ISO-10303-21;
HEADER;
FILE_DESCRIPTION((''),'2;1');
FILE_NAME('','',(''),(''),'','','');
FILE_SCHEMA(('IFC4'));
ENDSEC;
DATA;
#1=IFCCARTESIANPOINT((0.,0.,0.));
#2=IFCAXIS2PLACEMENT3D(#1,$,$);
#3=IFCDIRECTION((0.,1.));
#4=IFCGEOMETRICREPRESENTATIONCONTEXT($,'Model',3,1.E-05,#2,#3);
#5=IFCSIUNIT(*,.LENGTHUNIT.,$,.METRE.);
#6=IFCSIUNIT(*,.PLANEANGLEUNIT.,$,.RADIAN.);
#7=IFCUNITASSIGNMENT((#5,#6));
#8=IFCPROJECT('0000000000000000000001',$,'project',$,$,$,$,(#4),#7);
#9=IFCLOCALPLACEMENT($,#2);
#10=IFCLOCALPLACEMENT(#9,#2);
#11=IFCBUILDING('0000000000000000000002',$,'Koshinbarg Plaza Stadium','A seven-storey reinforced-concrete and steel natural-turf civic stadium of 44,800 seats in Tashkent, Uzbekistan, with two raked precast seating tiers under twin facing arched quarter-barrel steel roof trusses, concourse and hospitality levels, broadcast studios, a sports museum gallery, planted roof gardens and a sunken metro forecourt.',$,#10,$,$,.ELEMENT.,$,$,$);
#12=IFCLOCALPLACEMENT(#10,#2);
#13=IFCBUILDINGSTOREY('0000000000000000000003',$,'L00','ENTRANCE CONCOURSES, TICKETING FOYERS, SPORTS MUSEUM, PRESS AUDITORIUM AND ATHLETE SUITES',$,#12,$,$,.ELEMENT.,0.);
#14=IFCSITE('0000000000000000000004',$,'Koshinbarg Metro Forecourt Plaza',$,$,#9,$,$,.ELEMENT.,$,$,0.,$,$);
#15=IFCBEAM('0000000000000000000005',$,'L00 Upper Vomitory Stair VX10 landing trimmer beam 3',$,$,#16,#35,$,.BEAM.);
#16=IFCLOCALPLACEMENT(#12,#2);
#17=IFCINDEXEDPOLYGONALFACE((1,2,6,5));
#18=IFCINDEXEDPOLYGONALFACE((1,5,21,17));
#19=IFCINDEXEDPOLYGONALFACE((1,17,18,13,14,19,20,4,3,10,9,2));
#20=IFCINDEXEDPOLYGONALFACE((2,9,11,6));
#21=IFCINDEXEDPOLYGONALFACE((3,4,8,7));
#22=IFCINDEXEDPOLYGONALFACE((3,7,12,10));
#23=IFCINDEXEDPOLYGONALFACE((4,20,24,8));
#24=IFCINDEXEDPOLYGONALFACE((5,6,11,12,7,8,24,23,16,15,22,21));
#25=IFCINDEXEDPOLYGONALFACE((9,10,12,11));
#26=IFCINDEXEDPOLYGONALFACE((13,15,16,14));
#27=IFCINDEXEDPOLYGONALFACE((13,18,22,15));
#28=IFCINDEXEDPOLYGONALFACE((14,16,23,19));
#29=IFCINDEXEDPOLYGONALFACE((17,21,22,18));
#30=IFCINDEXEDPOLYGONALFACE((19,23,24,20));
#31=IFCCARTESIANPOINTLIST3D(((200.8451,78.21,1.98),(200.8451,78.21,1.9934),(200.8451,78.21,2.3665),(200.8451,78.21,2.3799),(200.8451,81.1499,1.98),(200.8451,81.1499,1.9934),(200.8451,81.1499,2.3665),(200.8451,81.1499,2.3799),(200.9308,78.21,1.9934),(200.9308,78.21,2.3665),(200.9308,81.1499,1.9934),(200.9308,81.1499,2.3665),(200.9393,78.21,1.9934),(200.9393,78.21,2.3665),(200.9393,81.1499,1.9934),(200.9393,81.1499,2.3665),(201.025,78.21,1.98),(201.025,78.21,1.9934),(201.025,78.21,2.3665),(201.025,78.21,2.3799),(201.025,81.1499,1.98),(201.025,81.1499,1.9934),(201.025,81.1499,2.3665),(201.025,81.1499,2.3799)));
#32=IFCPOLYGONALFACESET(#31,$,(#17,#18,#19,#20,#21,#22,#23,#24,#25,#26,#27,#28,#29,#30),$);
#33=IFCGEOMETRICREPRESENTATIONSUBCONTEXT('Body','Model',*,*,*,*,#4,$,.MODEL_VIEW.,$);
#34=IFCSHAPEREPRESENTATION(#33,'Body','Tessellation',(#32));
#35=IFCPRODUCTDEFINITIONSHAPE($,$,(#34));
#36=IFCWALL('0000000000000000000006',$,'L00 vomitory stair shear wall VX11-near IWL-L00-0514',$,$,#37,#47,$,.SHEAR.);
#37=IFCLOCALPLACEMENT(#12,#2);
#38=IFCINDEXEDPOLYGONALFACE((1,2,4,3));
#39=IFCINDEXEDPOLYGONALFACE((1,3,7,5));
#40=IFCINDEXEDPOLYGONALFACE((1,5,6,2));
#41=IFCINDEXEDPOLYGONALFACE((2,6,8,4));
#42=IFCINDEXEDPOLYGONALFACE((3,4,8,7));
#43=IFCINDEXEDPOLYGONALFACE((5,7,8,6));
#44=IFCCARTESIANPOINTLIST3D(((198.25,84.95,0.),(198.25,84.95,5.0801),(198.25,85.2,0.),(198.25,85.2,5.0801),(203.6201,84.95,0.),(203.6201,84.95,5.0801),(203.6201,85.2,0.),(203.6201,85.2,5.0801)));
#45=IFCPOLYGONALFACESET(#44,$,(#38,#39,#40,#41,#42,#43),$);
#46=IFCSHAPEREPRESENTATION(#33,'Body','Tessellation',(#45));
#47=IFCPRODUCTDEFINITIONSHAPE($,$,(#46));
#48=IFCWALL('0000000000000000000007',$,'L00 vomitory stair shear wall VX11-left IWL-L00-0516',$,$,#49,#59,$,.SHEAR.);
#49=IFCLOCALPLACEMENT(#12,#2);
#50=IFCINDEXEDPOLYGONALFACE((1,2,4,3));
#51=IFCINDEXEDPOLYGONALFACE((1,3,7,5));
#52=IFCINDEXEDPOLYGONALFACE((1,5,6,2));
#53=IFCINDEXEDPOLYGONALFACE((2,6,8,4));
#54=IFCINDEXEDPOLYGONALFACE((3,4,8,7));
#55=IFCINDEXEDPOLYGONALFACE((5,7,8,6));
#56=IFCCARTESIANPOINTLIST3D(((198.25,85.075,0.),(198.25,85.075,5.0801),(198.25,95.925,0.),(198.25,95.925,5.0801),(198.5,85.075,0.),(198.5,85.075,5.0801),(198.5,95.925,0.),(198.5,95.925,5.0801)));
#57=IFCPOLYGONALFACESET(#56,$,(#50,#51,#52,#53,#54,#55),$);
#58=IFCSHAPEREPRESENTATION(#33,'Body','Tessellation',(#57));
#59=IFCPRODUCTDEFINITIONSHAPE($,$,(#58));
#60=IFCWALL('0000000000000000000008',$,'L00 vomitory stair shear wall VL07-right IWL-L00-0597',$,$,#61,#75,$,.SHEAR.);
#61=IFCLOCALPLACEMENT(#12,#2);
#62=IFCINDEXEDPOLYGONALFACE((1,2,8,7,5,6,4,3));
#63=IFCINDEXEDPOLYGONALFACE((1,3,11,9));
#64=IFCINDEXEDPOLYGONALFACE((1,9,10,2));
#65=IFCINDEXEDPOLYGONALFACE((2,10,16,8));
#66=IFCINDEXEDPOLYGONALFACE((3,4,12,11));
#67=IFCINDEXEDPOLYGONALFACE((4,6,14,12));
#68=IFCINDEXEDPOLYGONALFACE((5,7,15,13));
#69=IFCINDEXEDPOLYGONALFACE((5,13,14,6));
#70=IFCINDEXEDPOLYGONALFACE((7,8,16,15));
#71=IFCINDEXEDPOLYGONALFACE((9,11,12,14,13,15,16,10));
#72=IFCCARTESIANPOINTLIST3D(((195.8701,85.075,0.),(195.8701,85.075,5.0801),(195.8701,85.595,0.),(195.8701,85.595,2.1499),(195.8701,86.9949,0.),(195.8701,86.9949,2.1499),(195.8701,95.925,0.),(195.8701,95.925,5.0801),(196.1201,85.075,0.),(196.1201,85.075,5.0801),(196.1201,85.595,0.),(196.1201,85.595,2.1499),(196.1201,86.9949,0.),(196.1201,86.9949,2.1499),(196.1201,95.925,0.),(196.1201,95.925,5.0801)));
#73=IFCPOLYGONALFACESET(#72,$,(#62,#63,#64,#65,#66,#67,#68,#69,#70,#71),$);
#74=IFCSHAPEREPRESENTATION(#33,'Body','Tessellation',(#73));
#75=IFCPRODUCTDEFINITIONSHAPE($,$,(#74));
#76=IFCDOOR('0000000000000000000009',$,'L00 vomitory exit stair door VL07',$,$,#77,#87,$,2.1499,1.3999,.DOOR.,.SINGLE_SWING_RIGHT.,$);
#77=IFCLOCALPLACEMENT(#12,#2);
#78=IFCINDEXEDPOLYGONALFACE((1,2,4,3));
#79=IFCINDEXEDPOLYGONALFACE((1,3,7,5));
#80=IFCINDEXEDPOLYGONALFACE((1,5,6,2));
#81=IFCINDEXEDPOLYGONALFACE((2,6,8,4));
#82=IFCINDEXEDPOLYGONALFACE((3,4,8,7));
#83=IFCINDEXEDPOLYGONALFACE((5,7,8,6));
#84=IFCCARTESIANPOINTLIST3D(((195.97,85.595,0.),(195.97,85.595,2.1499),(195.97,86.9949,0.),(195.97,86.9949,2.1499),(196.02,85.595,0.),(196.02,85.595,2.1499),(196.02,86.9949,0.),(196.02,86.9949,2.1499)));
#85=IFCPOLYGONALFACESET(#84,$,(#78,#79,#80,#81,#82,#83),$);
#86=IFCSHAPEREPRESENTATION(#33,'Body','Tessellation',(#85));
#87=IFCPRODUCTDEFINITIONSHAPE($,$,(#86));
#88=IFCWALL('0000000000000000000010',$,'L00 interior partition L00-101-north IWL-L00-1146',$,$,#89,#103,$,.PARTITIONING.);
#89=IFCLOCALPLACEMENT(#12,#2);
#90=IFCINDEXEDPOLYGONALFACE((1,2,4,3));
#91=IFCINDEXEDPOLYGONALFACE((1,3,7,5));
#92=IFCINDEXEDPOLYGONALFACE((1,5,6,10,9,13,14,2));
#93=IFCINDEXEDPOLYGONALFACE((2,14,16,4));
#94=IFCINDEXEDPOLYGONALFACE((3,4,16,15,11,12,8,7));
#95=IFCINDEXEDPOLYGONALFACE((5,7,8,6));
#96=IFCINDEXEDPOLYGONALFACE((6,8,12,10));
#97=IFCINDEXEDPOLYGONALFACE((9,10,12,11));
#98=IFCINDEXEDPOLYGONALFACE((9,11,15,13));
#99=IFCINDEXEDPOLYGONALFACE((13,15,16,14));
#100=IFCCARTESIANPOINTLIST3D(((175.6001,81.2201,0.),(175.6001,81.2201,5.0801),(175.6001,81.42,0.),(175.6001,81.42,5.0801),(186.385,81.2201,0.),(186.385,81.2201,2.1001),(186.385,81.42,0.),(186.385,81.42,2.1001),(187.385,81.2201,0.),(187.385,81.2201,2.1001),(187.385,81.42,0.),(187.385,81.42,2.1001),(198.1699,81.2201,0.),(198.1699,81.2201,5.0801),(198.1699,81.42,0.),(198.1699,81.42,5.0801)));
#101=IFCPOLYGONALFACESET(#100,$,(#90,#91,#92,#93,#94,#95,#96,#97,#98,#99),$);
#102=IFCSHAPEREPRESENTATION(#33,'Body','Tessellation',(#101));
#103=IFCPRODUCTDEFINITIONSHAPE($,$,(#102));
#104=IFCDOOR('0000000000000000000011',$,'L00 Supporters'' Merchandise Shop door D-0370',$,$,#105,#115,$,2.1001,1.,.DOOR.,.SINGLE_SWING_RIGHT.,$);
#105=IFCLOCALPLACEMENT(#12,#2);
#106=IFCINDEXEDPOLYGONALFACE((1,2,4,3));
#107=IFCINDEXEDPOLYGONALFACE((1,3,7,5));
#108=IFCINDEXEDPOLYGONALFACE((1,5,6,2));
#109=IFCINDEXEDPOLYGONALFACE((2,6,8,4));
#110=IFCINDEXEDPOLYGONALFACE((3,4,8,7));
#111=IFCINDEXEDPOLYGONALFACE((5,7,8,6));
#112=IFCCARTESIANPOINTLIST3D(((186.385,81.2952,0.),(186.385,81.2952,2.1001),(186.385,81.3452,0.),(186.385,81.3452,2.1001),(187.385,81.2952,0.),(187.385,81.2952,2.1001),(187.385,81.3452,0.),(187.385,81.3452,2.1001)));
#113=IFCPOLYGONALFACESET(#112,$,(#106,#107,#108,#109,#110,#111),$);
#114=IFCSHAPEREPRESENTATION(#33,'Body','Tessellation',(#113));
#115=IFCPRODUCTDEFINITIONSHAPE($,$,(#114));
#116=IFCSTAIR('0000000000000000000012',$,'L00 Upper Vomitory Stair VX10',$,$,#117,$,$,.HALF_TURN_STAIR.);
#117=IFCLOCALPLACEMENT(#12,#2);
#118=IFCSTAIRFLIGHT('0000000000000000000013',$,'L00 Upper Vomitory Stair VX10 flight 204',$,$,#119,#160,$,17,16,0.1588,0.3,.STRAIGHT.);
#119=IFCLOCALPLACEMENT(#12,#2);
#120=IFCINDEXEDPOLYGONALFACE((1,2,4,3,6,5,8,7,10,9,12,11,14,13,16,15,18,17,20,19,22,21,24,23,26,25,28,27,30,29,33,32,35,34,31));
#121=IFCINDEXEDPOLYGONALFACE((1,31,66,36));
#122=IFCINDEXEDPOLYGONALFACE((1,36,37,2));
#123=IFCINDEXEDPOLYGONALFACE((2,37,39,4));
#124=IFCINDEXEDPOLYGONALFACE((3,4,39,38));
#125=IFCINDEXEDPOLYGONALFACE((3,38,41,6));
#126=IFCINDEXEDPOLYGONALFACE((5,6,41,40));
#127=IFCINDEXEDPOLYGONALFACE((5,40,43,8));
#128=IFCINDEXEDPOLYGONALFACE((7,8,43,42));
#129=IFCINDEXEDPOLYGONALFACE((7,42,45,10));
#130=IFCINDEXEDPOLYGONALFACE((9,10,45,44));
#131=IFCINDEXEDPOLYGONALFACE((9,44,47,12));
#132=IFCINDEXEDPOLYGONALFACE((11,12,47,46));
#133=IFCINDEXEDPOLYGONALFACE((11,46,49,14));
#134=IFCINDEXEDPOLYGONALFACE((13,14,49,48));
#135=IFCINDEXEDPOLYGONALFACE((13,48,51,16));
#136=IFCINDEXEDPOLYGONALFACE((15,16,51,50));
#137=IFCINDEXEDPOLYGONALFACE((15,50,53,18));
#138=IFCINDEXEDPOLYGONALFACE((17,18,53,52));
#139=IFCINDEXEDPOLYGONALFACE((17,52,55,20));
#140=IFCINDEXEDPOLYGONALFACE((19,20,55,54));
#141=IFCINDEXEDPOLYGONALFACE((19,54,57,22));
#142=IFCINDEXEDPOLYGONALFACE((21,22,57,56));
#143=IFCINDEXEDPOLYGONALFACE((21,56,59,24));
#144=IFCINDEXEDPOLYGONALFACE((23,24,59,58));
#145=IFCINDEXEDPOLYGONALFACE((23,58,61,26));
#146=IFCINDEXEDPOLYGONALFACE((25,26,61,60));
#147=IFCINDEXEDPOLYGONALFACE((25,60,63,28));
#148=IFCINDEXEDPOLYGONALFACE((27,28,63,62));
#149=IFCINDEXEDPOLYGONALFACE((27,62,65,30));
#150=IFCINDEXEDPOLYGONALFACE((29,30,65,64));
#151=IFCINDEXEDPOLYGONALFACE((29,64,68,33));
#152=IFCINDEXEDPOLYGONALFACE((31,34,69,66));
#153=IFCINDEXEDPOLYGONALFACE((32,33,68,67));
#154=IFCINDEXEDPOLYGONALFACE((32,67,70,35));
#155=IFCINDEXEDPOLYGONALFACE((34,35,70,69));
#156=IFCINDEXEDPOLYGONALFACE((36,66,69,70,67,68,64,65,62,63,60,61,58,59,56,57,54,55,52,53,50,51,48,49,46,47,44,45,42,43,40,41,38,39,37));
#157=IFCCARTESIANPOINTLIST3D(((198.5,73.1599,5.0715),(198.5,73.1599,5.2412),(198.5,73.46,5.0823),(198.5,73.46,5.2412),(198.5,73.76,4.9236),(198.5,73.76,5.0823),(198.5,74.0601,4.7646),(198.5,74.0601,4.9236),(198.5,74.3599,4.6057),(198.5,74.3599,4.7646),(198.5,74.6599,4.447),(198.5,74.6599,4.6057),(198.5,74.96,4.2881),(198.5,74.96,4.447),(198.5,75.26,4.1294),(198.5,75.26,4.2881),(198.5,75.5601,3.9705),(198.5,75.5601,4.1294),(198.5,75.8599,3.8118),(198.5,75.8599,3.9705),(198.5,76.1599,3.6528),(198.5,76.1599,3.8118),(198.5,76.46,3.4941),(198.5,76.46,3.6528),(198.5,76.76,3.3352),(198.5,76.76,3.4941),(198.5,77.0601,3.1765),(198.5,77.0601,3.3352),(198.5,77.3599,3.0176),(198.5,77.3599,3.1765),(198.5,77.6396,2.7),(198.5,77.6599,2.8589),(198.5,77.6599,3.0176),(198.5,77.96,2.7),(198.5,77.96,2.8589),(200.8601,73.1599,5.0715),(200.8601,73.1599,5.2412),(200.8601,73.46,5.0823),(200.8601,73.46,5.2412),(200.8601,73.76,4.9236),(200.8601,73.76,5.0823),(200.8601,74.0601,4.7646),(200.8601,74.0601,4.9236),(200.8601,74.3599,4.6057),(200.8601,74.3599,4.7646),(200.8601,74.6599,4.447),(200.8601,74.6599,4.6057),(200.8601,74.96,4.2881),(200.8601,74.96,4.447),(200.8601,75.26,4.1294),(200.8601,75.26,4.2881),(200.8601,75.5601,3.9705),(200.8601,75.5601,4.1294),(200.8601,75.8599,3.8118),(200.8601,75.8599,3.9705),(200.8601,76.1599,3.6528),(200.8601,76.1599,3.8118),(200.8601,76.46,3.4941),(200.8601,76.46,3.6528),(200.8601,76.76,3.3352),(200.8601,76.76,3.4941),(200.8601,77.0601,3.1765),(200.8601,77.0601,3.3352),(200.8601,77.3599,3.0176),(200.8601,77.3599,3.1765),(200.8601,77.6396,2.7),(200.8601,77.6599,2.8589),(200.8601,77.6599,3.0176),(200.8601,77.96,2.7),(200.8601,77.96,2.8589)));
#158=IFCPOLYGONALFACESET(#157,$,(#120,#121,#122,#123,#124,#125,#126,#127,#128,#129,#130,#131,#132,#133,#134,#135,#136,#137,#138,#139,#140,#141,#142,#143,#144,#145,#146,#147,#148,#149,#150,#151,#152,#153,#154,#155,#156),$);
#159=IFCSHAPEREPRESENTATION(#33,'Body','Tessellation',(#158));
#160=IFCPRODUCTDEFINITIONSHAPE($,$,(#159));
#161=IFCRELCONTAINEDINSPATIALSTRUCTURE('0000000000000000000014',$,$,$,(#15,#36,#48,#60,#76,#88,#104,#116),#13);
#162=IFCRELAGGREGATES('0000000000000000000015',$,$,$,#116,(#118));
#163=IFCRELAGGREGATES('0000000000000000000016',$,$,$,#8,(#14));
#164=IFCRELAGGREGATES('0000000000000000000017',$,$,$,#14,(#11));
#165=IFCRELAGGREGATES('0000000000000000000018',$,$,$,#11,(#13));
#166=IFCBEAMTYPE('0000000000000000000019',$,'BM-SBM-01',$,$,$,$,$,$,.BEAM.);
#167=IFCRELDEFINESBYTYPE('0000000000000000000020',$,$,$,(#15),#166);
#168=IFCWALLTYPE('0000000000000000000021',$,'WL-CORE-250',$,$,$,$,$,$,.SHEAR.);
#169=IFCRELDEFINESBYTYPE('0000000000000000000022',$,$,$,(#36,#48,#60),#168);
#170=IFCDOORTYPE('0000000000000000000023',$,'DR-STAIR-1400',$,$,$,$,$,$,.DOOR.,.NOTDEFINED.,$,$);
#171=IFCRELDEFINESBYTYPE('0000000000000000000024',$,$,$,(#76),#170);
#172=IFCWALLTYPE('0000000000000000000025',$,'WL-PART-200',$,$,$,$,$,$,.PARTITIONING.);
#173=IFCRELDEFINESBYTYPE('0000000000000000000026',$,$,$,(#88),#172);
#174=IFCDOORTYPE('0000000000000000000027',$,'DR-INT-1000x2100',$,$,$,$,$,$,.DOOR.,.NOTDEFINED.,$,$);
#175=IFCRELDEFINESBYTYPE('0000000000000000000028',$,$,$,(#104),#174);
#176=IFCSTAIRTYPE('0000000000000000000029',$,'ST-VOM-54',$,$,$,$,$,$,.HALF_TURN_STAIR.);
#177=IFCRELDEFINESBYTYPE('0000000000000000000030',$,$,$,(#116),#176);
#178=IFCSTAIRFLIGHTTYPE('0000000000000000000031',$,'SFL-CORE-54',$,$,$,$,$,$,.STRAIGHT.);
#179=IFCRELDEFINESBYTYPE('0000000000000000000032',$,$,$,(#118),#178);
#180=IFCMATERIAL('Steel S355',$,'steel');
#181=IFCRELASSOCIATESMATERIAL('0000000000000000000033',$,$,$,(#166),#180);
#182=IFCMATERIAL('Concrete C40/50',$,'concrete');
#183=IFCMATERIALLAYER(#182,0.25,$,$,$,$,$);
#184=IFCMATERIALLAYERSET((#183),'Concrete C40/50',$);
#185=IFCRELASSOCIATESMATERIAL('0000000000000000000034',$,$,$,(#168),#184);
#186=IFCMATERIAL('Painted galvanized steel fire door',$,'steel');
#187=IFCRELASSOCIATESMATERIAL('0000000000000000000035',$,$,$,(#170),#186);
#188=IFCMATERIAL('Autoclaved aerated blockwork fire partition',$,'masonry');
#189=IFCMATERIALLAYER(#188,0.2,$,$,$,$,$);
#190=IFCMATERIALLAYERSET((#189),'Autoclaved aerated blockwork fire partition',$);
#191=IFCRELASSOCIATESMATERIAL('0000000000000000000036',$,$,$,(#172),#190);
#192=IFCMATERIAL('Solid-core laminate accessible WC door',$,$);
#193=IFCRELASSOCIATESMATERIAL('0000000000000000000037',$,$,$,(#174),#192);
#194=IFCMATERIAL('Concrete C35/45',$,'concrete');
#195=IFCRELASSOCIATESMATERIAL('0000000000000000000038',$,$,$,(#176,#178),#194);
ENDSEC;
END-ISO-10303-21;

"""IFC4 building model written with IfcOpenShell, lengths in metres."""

from ifc_helpers import new_model, si_unit, direction, frame, frame_2d, origin, origin_2d, place, context, subcontext, project, spatial, polyline, rectangle, i_section, outline, extrude, material, layer, layer_set, material_profile, profile_set, type_object, element, fill, aggregate, save


model = new_model("IFC4")

# Units and contexts
model_context = context("Model", 3, precision=1e-05, world=origin(), true_north=direction((0.0, 1.0)))
body_context = subcontext(model_context, "Body", "Model", "MODEL_VIEW")
ifc_project = project(units=[si_unit("LENGTHUNIT", "METRE"), si_unit("PLANEANGLEUNIT", "RADIAN")], contexts=[model_context])

# Site, building, storey
site_placement = place(None, origin())
site = spatial("IfcSite", under=ifc_project, at=site_placement, Name="Koshinbarg Metro Forecourt Plaza", CompositionType="ELEMENT", RefElevation=0.0)
building_placement = place(site_placement, origin())
building = spatial("IfcBuilding", under=site, at=building_placement, Name="Koshinbarg Plaza Stadium", Description="A seven-storey reinforced-concrete and steel natural-turf civic stadium of 44,800 seats in Tashkent, Uzbekistan, with two raked precast seating tiers under twin facing arched quarter-barrel steel roof trusses, concourse and hospitality levels, broadcast studios, a sports museum gallery, planted roof gardens and a sunken metro forecourt.", CompositionType="ELEMENT")
storey_placement = place(building_placement, origin())
storey = spatial("IfcBuildingStorey", under=building, at=storey_placement, Name="L00", Description="ENTRANCE CONCOURSES, TICKETING FOYERS, SPORTS MUSEUM, PRESS AUDITORIUM AND ATHLETE SUITES", CompositionType="ELEMENT", Elevation=0.0)

# Shared definitions
ifc_material_1 = material(Name="Concrete C35/45", Category="concrete")

# Shared definitions
ifc_material_2 = material(Name="Concrete C40/50", Category="concrete")

# Beam
ifc_material_3 = material(Name="Steel S355", Category="steel")
ifc_material_profile_1 = material_profile(ifc_material_3, i_section(OverallWidth=0.1799, OverallDepth=0.3999, WebThickness=0.0085, FlangeThickness=0.0134, at=origin_2d()), Name="IPE 400")
ifc_profile_set_1 = profile_set([ifc_material_profile_1], Name="Steel S355")
beam_type = type_object("IfcBeamType", Name="BM-SBM-01", PredefinedType="BEAM", material=ifc_profile_set_1)
beam_placement = place(storey_placement, frame((200.9351, 78.21, 2.1799), z_axis=(0.0, 1.0, 0.0), x_axis=(-1.0, 0.0, 0.0)))
element("IfcBeam", 1, at=beam_placement, inside=storey, type_object=beam_type, Name="L00 Upper Vomitory Stair VX10 landing trimmer beam 3", PredefinedType="BEAM", context=body_context, shape_type="SweptSolid", body=[
    extrude(i_section(OverallWidth=0.1799, OverallDepth=0.3999, WebThickness=0.0085, FlangeThickness=0.0134, at=origin_2d()), origin(), (0.0, 0.0, 1.0), 2.9399),
])

# Walls
ifc_layer_1 = layer(ifc_material_2, 0.25)
ifc_layer_set_1 = layer_set([ifc_layer_1], Name="Concrete C40/50")
wall_type_1 = type_object("IfcWallType", Name="WL-CORE-250", PredefinedType="SHEAR", material=ifc_layer_set_1)
wall_1_placement = place(storey_placement, frame((198.25, 85.075, 0.0), z_axis=(0.0, 0.0, 1.0), x_axis=(1.0, 0.0, 0.0)))
element("IfcWall", 2, at=wall_1_placement, inside=storey, type_object=wall_type_1, Name="L00 vomitory stair shear wall VX11-near IWL-L00-0514", PredefinedType="SHEAR", context=body_context, shape_type="SweptSolid", body=[
    extrude(rectangle(XDim=5.3701, YDim=0.25, at=frame_2d((2.6851, 0.0))), origin(), (0.0, 0.0, 1.0), 5.0801),
])
wall_2_placement = place(storey_placement, frame((198.375, 85.075, 0.0), z_axis=(0.0, 0.0, 1.0), x_axis=(0.0, 1.0, 0.0)))
element("IfcWall", 3, at=wall_2_placement, inside=storey, type_object=wall_type_1, Name="L00 vomitory stair shear wall VX11-left IWL-L00-0516", PredefinedType="SHEAR", context=body_context, shape_type="SweptSolid", body=[
    extrude(rectangle(XDim=10.8501, YDim=0.25, at=frame_2d((5.425, 0.0))), origin(), (0.0, 0.0, 1.0), 5.0801),
])

# Walls, openings, doors
wall_3_placement = place(storey_placement, frame((195.9951, 85.075, 0.0), z_axis=(0.0, 0.0, 1.0), x_axis=(0.0, 1.0, 0.0)))
wall_3 = element("IfcWall", 4, at=wall_3_placement, inside=storey, type_object=wall_type_1, Name="L00 vomitory stair shear wall VL07-right IWL-L00-0597", PredefinedType="SHEAR", context=body_context, shape_type="SweptSolid", body=[
    extrude(rectangle(XDim=10.8501, YDim=0.25, at=frame_2d((5.425, 0.0))), origin(), (0.0, 0.0, 1.0), 5.0801),
])
opening_1_placement = place(wall_3_placement, frame((0.52, 0.0, 0.0)))
opening_1 = element("IfcOpeningElement", 5, at=opening_1_placement, cuts=wall_3, PredefinedType="OPENING", context=body_context, shape_type="SweptSolid", body=[
    extrude(rectangle(XDim=1.3999, YDim=2.1499, at=frame_2d((0.7, 1.075))), frame((0.0, 0.135, 0.0), z_axis=(0.0, -1.0, 0.0), x_axis=(1.0, 0.0, 0.0)), (0.0, 0.0, 1.0), 0.27),
])
ifc_material_4 = material(Name="Painted galvanized steel fire door", Category="steel")
door_type_1 = type_object("IfcDoorType", Name="DR-STAIR-1400", OperationType="NOTDEFINED", PredefinedType="DOOR", material=ifc_material_4)
door_1_placement = place(opening_1_placement, frame((1.3999, 0.0, 0.0), z_axis=(0.0, 0.0, 1.0), x_axis=(-1.0, 0.0, 0.0)))
door_1 = element("IfcDoor", 6, at=door_1_placement, inside=storey, type_object=door_type_1, Name="L00 vomitory exit stair door VL07", OperationType="SINGLE_SWING_RIGHT", OverallHeight=2.1499, OverallWidth=1.3999, PredefinedType="DOOR", context=body_context, shape_type="SweptSolid", body=[
    extrude(rectangle(XDim=1.3999, YDim=2.1499, at=frame_2d((0.7, 1.075))), frame((0.0, 0.0249, 0.0), z_axis=(0.0, -1.0, 0.0), x_axis=(1.0, 0.0, 0.0)), (0.0, 0.0, 1.0), 0.05),
])
fill(opening_1, door_1)
ifc_material_5 = material(Name="Autoclaved aerated blockwork fire partition", Category="masonry")
ifc_layer_2 = layer(ifc_material_5, 0.2)
ifc_layer_set_2 = layer_set([ifc_layer_2], Name="Autoclaved aerated blockwork fire partition")
wall_type_2 = type_object("IfcWallType", Name="WL-PART-200", PredefinedType="PARTITIONING", material=ifc_layer_set_2)
wall_4_placement = place(storey_placement, frame((198.1699, 81.3201, 0.0), z_axis=(0.0, 0.0, 1.0), x_axis=(-1.0, 0.0, 0.0)))
wall_4 = element("IfcWall", 7, at=wall_4_placement, inside=storey, type_object=wall_type_2, Name="L00 interior partition L00-101-north IWL-L00-1146", PredefinedType="PARTITIONING", context=body_context, shape_type="SweptSolid", body=[
    extrude(rectangle(XDim=22.5698, YDim=0.2, at=frame_2d((11.2849, 0.0))), origin(), (0.0, 0.0, 1.0), 5.0801),
])
opening_2_placement = place(wall_4_placement, frame((10.7849, 0.0, 0.0)))
opening_2 = element("IfcOpeningElement", 8, at=opening_2_placement, cuts=wall_4, PredefinedType="OPENING", context=body_context, shape_type="SweptSolid", body=[
    extrude(rectangle(XDim=1.0, YDim=2.1001, at=frame_2d((0.5, 1.05))), frame((0.0, 0.1099, 0.0), z_axis=(0.0, -1.0, 0.0), x_axis=(1.0, 0.0, 0.0)), (0.0, 0.0, 1.0), 0.22),
])
ifc_material_6 = material(Name="Solid-core laminate accessible WC door")
door_type_2 = type_object("IfcDoorType", Name="DR-INT-1000x2100", OperationType="NOTDEFINED", PredefinedType="DOOR", material=ifc_material_6)
door_2_placement = place(opening_2_placement, origin())
door_2 = element("IfcDoor", 9, at=door_2_placement, inside=storey, type_object=door_type_2, Name="L00 Supporters' Merchandise Shop door D-0370", OperationType="SINGLE_SWING_RIGHT", OverallHeight=2.1001, OverallWidth=1.0, PredefinedType="DOOR", context=body_context, shape_type="SweptSolid", body=[
    extrude(rectangle(XDim=1.0, YDim=2.1001, at=frame_2d((0.5, 1.05))), frame((0.0, 0.0249, 0.0), z_axis=(0.0, -1.0, 0.0), x_axis=(1.0, 0.0, 0.0)), (0.0, 0.0, 1.0), 0.05),
])
fill(opening_2, door_2)

# Stair, stair flight
stair_type = type_object("IfcStairType", Name="ST-VOM-54", PredefinedType="HALF_TURN_STAIR", material=ifc_material_1)
stair_1_placement = place(storey_placement, origin())
stair_1 = element("IfcStair", 10, at=stair_1_placement, inside=storey, type_object=stair_type, Name="L00 Upper Vomitory Stair VX10", PredefinedType="HALF_TURN_STAIR")
stair_flight_type = type_object("IfcStairFlightType", Name="SFL-CORE-54", PredefinedType="STRAIGHT", material=ifc_material_1)
stair_flight_1_placement = place(storey_placement, frame((199.6799, 77.96, 2.7), z_axis=(0.0, 0.0, 1.0), x_axis=(0.0, -1.0, 0.0)))
stair_flight_1 = element("IfcStairFlight", 11, at=stair_flight_1_placement, type_object=stair_flight_type, Name="L00 Upper Vomitory Stair VX10 flight 204", NumberOfRisers=17, NumberOfTreads=16, PredefinedType="STRAIGHT", RiserHeight=0.1588, TreadLength=0.3, context=body_context, shape_type="SweptSolid", body=[
    extrude(outline(polyline([(0.0, 0.0), (0.0, 0.1589), (0.3, 0.1589), (0.3, 0.3176), (0.6001, 0.3176), (0.6001, 0.4766), (0.8999, 0.4766), (0.8999, 0.6353), (1.2, 0.6353), (1.2, 0.7942), (1.5, 0.7942), (1.5, 0.9529), (1.8, 0.9529), (1.8, 1.1118), (2.1001, 1.1118), (2.1001, 1.2705), (2.3999, 1.2705), (2.3999, 1.4294), (2.7, 1.4294), (2.7, 1.5881), (3.0, 1.5881), (3.0, 1.7471), (3.3, 1.7471), (3.3, 1.9058), (3.6001, 1.9058), (3.6001, 2.0647), (3.8999, 2.0647), (3.8999, 2.2236), (4.2, 2.2236), (4.2, 2.3823), (4.5, 2.3823), (4.5, 2.5413), (4.8, 2.5413), (4.8, 2.7), (4.8, 2.3716), (0.3203, 0.0), (0.0, 0.0)])), frame((0.0, 1.1802, 0.0), z_axis=(0.0, -1.0, 0.0), x_axis=(1.0, 0.0, 0.0)), (0.0, 0.0, 1.0), 2.3601),
])
aggregate(stair_1, [stair_flight_1])

save(model, "model.ifc")
